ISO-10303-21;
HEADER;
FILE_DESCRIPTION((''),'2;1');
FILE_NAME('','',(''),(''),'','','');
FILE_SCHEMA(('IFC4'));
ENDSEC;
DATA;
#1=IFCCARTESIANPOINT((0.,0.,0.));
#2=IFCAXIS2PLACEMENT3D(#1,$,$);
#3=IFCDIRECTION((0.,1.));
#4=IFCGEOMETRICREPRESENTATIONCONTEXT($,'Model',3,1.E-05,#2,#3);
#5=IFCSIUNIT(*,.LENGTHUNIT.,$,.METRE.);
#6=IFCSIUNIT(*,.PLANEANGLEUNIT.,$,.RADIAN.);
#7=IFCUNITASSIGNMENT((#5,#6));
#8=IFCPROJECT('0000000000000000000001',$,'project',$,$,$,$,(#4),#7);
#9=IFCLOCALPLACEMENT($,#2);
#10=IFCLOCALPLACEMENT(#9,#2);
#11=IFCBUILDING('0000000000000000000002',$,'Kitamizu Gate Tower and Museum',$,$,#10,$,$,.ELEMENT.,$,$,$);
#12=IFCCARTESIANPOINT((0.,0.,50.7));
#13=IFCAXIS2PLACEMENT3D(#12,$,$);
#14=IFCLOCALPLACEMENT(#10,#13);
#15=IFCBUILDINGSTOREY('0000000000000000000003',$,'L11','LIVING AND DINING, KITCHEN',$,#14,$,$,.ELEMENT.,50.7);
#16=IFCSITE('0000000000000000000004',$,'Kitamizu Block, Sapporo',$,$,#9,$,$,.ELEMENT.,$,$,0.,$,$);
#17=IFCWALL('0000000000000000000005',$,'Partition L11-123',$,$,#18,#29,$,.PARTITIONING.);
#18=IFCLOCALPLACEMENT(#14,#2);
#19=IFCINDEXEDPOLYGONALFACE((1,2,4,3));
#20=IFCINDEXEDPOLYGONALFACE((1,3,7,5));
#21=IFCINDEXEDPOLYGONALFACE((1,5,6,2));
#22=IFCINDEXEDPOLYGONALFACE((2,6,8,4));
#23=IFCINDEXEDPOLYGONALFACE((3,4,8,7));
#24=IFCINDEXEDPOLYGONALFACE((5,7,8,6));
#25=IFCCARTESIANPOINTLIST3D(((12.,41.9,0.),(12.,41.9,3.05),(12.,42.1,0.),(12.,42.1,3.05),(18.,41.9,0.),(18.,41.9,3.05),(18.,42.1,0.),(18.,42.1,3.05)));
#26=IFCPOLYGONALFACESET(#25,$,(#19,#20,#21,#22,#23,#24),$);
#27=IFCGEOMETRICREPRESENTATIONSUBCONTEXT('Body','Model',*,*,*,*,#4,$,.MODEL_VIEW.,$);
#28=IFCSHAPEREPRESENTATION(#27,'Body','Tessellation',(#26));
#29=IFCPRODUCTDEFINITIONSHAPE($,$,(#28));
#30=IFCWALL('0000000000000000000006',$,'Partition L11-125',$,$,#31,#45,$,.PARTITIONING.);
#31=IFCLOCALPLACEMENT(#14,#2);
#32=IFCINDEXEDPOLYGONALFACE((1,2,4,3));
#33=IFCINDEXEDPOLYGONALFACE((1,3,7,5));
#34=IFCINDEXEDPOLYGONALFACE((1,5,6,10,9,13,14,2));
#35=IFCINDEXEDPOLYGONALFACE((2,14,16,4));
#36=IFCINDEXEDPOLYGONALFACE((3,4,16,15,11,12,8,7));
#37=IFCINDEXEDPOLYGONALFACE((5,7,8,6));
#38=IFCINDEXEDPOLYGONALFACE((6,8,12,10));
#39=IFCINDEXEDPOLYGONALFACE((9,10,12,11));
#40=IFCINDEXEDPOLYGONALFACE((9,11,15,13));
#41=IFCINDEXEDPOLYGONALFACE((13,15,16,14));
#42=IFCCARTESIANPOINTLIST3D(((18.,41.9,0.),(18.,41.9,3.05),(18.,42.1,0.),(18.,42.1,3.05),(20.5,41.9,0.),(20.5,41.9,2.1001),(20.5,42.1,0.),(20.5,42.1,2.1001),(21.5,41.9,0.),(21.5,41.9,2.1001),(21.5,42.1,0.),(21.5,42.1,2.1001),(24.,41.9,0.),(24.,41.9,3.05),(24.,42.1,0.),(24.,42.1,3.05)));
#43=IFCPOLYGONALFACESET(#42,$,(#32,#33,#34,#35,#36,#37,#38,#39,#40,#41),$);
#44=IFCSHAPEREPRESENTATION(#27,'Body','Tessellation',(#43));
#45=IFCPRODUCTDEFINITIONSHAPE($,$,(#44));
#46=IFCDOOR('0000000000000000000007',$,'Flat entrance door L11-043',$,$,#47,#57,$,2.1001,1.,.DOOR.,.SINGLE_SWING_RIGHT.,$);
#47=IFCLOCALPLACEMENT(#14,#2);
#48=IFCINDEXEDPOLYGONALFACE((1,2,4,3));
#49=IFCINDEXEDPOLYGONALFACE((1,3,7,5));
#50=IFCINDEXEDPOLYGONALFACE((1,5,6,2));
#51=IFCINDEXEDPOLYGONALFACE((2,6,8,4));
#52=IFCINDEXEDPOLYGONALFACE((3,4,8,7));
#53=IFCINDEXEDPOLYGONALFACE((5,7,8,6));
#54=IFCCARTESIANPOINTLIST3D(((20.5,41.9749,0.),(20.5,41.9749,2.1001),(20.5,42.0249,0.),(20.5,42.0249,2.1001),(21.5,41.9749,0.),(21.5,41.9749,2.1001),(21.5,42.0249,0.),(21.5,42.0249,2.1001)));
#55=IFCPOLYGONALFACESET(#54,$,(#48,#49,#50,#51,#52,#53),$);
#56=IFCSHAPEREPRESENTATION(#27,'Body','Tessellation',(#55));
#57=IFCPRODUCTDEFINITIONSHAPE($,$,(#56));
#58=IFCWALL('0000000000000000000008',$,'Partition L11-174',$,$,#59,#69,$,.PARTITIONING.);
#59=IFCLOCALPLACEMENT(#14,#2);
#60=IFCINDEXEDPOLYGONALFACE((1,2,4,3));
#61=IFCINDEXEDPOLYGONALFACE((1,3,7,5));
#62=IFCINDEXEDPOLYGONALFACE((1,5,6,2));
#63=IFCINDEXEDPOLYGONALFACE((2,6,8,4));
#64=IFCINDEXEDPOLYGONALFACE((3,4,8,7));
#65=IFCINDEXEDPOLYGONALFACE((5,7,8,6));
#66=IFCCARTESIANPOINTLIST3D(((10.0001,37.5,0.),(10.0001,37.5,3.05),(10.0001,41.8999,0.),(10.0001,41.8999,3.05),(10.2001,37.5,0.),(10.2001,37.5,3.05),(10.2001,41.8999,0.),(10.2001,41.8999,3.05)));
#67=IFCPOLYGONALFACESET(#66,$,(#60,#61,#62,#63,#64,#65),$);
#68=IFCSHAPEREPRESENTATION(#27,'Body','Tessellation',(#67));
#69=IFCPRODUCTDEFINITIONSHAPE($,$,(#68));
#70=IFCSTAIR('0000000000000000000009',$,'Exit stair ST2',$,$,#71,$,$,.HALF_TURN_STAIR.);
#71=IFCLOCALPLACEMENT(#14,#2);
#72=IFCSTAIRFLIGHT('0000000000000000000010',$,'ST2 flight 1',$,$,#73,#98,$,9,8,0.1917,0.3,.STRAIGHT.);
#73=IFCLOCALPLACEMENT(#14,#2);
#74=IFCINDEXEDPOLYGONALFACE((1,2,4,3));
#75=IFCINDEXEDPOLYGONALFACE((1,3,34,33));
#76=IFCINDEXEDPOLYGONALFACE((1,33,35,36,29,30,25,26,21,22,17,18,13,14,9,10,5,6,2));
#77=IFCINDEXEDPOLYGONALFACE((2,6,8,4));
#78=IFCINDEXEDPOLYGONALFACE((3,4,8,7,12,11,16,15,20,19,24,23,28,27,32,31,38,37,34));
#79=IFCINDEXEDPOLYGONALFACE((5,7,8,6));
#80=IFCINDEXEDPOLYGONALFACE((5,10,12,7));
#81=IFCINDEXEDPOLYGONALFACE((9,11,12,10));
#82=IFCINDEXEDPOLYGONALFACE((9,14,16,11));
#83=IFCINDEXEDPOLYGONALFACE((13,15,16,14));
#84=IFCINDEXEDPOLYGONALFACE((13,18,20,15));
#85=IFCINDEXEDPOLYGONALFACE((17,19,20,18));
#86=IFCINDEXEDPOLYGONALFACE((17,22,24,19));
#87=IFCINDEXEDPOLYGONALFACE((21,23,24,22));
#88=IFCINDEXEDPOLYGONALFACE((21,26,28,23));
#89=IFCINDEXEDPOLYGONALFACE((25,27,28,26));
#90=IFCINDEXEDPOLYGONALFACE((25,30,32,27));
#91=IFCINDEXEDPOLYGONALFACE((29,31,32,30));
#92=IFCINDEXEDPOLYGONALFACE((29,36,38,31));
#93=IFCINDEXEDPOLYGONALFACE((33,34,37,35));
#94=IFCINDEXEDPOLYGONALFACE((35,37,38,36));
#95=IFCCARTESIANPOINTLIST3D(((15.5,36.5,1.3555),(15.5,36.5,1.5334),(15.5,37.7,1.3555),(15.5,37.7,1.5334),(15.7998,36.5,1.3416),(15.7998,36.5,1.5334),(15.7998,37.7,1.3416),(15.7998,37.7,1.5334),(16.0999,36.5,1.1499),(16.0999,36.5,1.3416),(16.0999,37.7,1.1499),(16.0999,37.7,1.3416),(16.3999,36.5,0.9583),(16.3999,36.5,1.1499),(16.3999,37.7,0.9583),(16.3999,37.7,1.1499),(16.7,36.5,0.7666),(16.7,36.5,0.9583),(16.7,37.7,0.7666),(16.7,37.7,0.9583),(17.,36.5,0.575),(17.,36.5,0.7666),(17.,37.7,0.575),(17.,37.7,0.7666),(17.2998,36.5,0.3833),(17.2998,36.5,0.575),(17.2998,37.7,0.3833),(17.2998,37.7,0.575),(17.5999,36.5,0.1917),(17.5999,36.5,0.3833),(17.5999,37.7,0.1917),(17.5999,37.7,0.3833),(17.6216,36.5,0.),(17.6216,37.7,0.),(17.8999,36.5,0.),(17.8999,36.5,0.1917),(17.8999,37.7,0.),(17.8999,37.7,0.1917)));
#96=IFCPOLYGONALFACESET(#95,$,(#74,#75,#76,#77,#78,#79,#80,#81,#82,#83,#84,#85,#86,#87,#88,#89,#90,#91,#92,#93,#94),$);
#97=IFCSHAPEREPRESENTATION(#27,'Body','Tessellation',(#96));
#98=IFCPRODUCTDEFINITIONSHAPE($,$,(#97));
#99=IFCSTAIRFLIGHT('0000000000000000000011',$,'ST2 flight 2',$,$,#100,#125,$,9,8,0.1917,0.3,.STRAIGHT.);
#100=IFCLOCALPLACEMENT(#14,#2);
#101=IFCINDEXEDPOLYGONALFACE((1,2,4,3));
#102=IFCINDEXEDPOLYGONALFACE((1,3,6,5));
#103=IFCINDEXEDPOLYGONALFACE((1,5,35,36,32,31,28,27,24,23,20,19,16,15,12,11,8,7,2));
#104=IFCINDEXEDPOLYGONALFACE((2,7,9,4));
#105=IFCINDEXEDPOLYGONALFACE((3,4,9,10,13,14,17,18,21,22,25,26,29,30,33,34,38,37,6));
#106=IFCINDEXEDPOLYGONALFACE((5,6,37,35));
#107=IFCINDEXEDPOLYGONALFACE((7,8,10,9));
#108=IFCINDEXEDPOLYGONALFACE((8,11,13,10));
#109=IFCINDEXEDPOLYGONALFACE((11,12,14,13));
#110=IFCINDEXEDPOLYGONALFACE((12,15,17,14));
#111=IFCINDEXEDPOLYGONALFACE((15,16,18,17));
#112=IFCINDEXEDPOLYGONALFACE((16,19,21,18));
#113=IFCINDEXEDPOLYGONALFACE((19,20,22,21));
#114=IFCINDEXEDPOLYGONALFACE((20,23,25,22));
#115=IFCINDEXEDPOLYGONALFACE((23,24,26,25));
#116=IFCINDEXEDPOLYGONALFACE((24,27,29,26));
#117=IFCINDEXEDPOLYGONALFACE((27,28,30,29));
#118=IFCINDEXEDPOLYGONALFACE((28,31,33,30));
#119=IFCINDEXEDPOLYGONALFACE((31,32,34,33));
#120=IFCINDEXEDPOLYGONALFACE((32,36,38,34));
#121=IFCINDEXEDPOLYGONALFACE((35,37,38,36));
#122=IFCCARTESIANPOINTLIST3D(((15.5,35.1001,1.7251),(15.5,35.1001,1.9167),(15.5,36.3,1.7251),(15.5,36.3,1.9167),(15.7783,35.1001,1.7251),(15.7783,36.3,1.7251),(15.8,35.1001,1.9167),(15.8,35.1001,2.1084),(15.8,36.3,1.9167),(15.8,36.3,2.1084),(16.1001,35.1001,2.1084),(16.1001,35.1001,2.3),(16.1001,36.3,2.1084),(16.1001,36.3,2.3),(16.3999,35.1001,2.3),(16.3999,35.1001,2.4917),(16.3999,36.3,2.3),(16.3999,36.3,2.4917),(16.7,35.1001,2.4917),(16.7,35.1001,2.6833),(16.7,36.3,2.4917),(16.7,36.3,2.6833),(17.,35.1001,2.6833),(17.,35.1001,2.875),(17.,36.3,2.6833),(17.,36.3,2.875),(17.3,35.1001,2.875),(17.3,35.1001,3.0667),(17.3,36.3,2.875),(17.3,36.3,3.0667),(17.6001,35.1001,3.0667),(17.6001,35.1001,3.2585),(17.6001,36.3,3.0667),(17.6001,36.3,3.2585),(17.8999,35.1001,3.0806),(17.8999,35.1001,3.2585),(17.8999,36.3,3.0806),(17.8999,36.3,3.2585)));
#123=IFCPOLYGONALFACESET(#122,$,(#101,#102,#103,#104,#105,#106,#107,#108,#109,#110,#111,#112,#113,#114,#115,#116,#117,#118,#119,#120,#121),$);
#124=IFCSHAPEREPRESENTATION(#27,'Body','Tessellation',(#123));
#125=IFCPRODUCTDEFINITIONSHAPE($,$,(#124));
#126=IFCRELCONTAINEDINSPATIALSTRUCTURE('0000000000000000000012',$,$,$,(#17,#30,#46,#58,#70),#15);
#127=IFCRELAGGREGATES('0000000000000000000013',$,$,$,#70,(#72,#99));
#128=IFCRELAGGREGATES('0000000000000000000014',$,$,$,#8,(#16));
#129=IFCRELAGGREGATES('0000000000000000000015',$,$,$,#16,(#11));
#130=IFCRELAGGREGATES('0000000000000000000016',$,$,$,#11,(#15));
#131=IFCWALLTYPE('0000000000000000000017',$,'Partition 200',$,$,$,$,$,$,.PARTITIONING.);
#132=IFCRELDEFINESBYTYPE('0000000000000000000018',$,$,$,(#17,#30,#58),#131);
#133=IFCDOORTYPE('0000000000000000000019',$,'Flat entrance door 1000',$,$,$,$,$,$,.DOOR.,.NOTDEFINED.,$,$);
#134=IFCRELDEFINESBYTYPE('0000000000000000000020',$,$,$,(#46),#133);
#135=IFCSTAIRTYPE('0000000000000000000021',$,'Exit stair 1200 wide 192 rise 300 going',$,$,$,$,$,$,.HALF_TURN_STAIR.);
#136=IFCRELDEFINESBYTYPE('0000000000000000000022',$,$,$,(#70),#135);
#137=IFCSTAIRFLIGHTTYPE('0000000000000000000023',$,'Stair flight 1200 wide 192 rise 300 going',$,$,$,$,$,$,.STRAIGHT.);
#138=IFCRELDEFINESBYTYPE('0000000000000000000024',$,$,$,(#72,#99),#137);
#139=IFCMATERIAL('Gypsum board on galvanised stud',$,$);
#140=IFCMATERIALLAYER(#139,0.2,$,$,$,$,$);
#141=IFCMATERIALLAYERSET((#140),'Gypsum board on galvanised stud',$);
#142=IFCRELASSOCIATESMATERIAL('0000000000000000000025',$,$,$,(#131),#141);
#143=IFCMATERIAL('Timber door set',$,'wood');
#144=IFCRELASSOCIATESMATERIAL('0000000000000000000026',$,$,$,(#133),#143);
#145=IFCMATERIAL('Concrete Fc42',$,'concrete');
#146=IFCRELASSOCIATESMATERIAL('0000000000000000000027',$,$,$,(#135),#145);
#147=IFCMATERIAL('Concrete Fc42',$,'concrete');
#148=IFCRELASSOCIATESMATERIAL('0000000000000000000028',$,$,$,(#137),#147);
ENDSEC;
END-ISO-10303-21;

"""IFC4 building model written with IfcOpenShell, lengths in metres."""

from ifc_helpers import new_model, si_unit, direction, frame, frame_2d, origin, place, context, subcontext, project, spatial, polyline, rectangle, outline, extrude, material, layer, layer_set, type_object, element, fill, aggregate, save


model = new_model("IFC4")

# Units and contexts
model_context = context("Model", 3, precision=1e-05, world=origin(), true_north=direction((0.0, 1.0)))
body_context = subcontext(model_context, "Body", "Model", "MODEL_VIEW")
ifc_project = project(units=[si_unit("LENGTHUNIT", "METRE"), si_unit("PLANEANGLEUNIT", "RADIAN")], contexts=[model_context])

# Site, building, storey
site_placement = place(None, origin())
site = spatial("IfcSite", under=ifc_project, at=site_placement, Name="Kitamizu Block, Sapporo", CompositionType="ELEMENT", RefElevation=0.0)
building_placement = place(site_placement, origin())
building = spatial("IfcBuilding", under=site, at=building_placement, Name="Kitamizu Gate Tower and Museum", CompositionType="ELEMENT")
storey_placement = place(building_placement, frame((0.0, 0.0, 50.7)))
storey = spatial("IfcBuildingStorey", under=building, at=storey_placement, Name="L11", Description="LIVING AND DINING, KITCHEN", CompositionType="ELEMENT", Elevation=50.7)

# Wall
ifc_material_1 = material(Name="Gypsum board on galvanised stud")
ifc_layer_1 = layer(ifc_material_1, 0.2)
ifc_layer_set_1 = layer_set([ifc_layer_1], Name="Gypsum board on galvanised stud")
wall_type_1 = type_object("IfcWallType", Name="Partition 200", PredefinedType="PARTITIONING", material=ifc_layer_set_1)
wall_1_placement = place(storey_placement, frame((12.0, 42.0, 0.0), z_axis=(0.0, 0.0, 1.0), x_axis=(1.0, 0.0, 0.0)))
element("IfcWall", 1, at=wall_1_placement, inside=storey, type_object=wall_type_1, Name="Partition L11-123", PredefinedType="PARTITIONING", context=body_context, shape_type="SweptSolid", body=[
    extrude(rectangle(XDim=6.0, YDim=0.2, at=frame_2d((3.0, 0.0))), origin(), (0.0, 0.0, 1.0), 3.05),
])

# Wall, opening, door
wall_2_placement = place(storey_placement, frame((18.0, 42.0, 0.0), z_axis=(0.0, 0.0, 1.0), x_axis=(1.0, 0.0, 0.0)))
wall_2 = element("IfcWall", 2, at=wall_2_placement, inside=storey, type_object=wall_type_1, Name="Partition L11-125", PredefinedType="PARTITIONING", context=body_context, shape_type="SweptSolid", body=[
    extrude(rectangle(XDim=6.0, YDim=0.2, at=frame_2d((3.0, 0.0))), origin(), (0.0, 0.0, 1.0), 3.05),
])
opening_1_placement = place(wall_2_placement, frame((2.5, 0.0, 0.0)))
opening_1 = element("IfcOpeningElement", 3, at=opening_1_placement, cuts=wall_2, PredefinedType="OPENING", context=body_context, shape_type="SweptSolid", body=[
    extrude(rectangle(XDim=1.0, YDim=2.1001, at=frame_2d((0.5, 1.05))), frame((0.0, 0.1099, 0.0), z_axis=(0.0, -1.0, 0.0), x_axis=(1.0, 0.0, 0.0)), (0.0, 0.0, 1.0), 0.22),
])
ifc_material_2 = material(Name="Timber door set", Category="wood")
door_type_1 = type_object("IfcDoorType", Name="Flat entrance door 1000", OperationType="NOTDEFINED", PredefinedType="DOOR", material=ifc_material_2)
door_1_placement = place(opening_1_placement, origin())
door_1 = element("IfcDoor", 4, at=door_1_placement, inside=storey, type_object=door_type_1, Name="Flat entrance door L11-043", OperationType="SINGLE_SWING_RIGHT", OverallHeight=2.1001, OverallWidth=1.0, PredefinedType="DOOR", context=body_context, shape_type="SweptSolid", body=[
    extrude(rectangle(XDim=1.0, YDim=2.1001, at=frame_2d((0.5, 1.05))), frame((0.0, 0.0249, 0.0), z_axis=(0.0, -1.0, 0.0), x_axis=(1.0, 0.0, 0.0)), (0.0, 0.0, 1.0), 0.05),
])
fill(opening_1, door_1)

# Wall
wall_3_placement = place(storey_placement, frame((10.1001, 37.5, 0.0), z_axis=(0.0, 0.0, 1.0), x_axis=(0.0, 1.0, 0.0)))
element("IfcWall", 5, at=wall_3_placement, inside=storey, type_object=wall_type_1, Name="Partition L11-174", PredefinedType="PARTITIONING", context=body_context, shape_type="SweptSolid", body=[
    extrude(rectangle(XDim=4.3999, YDim=0.2, at=frame_2d((2.2, 0.0))), origin(), (0.0, 0.0, 1.0), 3.05),
])

# Stair, stair flights
ifc_material_3 = material(Name="Concrete Fc42", Category="concrete")
stair_type = type_object("IfcStairType", Name="Exit stair 1200 wide 192 rise 300 going", PredefinedType="HALF_TURN_STAIR", material=ifc_material_3)
stair_placement = place(storey_placement, origin())
stair = element("IfcStair", 6, at=stair_placement, inside=storey, type_object=stair_type, Name="Exit stair ST2", PredefinedType="HALF_TURN_STAIR")
ifc_material_4 = material(Name="Concrete Fc42", Category="concrete")
stair_flight_type = type_object("IfcStairFlightType", Name="Stair flight 1200 wide 192 rise 300 going", PredefinedType="STRAIGHT", material=ifc_material_4)
stair_flight_1_placement = place(storey_placement, frame((17.8999, 37.1001, 0.0), z_axis=(0.0, 0.0, 1.0), x_axis=(-1.0, 0.0, 0.0)))
stair_flight_1 = element("IfcStairFlight", 7, at=stair_flight_1_placement, type_object=stair_flight_type, Name="ST2 flight 1", NumberOfRisers=9, NumberOfTreads=8, PredefinedType="STRAIGHT", RiserHeight=0.1917, TreadLength=0.3, context=body_context, shape_type="SweptSolid", body=[
    extrude(outline(polyline([(0.0, 0.0), (0.0, 0.1917), (0.3, 0.1917), (0.3, 0.3833), (0.6001, 0.3833), (0.6001, 0.575), (0.8999, 0.575), (0.8999, 0.7666), (1.2, 0.7666), (1.2, 0.9583), (1.5, 0.9583), (1.5, 1.1499), (1.8, 1.1499), (1.8, 1.3416), (2.1001, 1.3416), (2.1001, 1.5334), (2.3999, 1.5334), (2.3999, 1.7251), (2.3999, 1.3555), (0.2783, 0.0), (0.0, 0.0)])), frame((0.0, 0.6001, 0.0), z_axis=(0.0, -1.0, 0.0), x_axis=(1.0, 0.0, 0.0)), (0.0, 0.0, 1.0), 1.2),
])
stair_flight_2_placement = place(storey_placement, frame((15.5, 35.7, 1.7251), z_axis=(0.0, 0.0, 1.0), x_axis=(1.0, 0.0, 0.0)))
stair_flight_2 = element("IfcStairFlight", 8, at=stair_flight_2_placement, type_object=stair_flight_type, Name="ST2 flight 2", NumberOfRisers=9, NumberOfTreads=8, PredefinedType="STRAIGHT", RiserHeight=0.1917, TreadLength=0.3, context=body_context, shape_type="SweptSolid", body=[
    extrude(outline(polyline([(0.0, 0.0), (0.0, 0.1917), (0.3, 0.1917), (0.3, 0.3833), (0.6001, 0.3833), (0.6001, 0.575), (0.8999, 0.575), (0.8999, 0.7666), (1.2, 0.7666), (1.2, 0.9583), (1.5, 0.9583), (1.5, 1.1499), (1.8, 1.1499), (1.8, 1.3416), (2.1001, 1.3416), (2.1001, 1.5334), (2.3999, 1.5334), (2.3999, 1.7251), (2.3999, 1.3555), (0.2783, 0.0), (0.0, 0.0)])), frame((0.0, 0.6001, 0.0), z_axis=(0.0, -1.0, 0.0), x_axis=(1.0, 0.0, 0.0)), (0.0, 0.0, 1.0), 1.2),
])
aggregate(stair, [stair_flight_1, stair_flight_2])

save(model, "model.ifc")
